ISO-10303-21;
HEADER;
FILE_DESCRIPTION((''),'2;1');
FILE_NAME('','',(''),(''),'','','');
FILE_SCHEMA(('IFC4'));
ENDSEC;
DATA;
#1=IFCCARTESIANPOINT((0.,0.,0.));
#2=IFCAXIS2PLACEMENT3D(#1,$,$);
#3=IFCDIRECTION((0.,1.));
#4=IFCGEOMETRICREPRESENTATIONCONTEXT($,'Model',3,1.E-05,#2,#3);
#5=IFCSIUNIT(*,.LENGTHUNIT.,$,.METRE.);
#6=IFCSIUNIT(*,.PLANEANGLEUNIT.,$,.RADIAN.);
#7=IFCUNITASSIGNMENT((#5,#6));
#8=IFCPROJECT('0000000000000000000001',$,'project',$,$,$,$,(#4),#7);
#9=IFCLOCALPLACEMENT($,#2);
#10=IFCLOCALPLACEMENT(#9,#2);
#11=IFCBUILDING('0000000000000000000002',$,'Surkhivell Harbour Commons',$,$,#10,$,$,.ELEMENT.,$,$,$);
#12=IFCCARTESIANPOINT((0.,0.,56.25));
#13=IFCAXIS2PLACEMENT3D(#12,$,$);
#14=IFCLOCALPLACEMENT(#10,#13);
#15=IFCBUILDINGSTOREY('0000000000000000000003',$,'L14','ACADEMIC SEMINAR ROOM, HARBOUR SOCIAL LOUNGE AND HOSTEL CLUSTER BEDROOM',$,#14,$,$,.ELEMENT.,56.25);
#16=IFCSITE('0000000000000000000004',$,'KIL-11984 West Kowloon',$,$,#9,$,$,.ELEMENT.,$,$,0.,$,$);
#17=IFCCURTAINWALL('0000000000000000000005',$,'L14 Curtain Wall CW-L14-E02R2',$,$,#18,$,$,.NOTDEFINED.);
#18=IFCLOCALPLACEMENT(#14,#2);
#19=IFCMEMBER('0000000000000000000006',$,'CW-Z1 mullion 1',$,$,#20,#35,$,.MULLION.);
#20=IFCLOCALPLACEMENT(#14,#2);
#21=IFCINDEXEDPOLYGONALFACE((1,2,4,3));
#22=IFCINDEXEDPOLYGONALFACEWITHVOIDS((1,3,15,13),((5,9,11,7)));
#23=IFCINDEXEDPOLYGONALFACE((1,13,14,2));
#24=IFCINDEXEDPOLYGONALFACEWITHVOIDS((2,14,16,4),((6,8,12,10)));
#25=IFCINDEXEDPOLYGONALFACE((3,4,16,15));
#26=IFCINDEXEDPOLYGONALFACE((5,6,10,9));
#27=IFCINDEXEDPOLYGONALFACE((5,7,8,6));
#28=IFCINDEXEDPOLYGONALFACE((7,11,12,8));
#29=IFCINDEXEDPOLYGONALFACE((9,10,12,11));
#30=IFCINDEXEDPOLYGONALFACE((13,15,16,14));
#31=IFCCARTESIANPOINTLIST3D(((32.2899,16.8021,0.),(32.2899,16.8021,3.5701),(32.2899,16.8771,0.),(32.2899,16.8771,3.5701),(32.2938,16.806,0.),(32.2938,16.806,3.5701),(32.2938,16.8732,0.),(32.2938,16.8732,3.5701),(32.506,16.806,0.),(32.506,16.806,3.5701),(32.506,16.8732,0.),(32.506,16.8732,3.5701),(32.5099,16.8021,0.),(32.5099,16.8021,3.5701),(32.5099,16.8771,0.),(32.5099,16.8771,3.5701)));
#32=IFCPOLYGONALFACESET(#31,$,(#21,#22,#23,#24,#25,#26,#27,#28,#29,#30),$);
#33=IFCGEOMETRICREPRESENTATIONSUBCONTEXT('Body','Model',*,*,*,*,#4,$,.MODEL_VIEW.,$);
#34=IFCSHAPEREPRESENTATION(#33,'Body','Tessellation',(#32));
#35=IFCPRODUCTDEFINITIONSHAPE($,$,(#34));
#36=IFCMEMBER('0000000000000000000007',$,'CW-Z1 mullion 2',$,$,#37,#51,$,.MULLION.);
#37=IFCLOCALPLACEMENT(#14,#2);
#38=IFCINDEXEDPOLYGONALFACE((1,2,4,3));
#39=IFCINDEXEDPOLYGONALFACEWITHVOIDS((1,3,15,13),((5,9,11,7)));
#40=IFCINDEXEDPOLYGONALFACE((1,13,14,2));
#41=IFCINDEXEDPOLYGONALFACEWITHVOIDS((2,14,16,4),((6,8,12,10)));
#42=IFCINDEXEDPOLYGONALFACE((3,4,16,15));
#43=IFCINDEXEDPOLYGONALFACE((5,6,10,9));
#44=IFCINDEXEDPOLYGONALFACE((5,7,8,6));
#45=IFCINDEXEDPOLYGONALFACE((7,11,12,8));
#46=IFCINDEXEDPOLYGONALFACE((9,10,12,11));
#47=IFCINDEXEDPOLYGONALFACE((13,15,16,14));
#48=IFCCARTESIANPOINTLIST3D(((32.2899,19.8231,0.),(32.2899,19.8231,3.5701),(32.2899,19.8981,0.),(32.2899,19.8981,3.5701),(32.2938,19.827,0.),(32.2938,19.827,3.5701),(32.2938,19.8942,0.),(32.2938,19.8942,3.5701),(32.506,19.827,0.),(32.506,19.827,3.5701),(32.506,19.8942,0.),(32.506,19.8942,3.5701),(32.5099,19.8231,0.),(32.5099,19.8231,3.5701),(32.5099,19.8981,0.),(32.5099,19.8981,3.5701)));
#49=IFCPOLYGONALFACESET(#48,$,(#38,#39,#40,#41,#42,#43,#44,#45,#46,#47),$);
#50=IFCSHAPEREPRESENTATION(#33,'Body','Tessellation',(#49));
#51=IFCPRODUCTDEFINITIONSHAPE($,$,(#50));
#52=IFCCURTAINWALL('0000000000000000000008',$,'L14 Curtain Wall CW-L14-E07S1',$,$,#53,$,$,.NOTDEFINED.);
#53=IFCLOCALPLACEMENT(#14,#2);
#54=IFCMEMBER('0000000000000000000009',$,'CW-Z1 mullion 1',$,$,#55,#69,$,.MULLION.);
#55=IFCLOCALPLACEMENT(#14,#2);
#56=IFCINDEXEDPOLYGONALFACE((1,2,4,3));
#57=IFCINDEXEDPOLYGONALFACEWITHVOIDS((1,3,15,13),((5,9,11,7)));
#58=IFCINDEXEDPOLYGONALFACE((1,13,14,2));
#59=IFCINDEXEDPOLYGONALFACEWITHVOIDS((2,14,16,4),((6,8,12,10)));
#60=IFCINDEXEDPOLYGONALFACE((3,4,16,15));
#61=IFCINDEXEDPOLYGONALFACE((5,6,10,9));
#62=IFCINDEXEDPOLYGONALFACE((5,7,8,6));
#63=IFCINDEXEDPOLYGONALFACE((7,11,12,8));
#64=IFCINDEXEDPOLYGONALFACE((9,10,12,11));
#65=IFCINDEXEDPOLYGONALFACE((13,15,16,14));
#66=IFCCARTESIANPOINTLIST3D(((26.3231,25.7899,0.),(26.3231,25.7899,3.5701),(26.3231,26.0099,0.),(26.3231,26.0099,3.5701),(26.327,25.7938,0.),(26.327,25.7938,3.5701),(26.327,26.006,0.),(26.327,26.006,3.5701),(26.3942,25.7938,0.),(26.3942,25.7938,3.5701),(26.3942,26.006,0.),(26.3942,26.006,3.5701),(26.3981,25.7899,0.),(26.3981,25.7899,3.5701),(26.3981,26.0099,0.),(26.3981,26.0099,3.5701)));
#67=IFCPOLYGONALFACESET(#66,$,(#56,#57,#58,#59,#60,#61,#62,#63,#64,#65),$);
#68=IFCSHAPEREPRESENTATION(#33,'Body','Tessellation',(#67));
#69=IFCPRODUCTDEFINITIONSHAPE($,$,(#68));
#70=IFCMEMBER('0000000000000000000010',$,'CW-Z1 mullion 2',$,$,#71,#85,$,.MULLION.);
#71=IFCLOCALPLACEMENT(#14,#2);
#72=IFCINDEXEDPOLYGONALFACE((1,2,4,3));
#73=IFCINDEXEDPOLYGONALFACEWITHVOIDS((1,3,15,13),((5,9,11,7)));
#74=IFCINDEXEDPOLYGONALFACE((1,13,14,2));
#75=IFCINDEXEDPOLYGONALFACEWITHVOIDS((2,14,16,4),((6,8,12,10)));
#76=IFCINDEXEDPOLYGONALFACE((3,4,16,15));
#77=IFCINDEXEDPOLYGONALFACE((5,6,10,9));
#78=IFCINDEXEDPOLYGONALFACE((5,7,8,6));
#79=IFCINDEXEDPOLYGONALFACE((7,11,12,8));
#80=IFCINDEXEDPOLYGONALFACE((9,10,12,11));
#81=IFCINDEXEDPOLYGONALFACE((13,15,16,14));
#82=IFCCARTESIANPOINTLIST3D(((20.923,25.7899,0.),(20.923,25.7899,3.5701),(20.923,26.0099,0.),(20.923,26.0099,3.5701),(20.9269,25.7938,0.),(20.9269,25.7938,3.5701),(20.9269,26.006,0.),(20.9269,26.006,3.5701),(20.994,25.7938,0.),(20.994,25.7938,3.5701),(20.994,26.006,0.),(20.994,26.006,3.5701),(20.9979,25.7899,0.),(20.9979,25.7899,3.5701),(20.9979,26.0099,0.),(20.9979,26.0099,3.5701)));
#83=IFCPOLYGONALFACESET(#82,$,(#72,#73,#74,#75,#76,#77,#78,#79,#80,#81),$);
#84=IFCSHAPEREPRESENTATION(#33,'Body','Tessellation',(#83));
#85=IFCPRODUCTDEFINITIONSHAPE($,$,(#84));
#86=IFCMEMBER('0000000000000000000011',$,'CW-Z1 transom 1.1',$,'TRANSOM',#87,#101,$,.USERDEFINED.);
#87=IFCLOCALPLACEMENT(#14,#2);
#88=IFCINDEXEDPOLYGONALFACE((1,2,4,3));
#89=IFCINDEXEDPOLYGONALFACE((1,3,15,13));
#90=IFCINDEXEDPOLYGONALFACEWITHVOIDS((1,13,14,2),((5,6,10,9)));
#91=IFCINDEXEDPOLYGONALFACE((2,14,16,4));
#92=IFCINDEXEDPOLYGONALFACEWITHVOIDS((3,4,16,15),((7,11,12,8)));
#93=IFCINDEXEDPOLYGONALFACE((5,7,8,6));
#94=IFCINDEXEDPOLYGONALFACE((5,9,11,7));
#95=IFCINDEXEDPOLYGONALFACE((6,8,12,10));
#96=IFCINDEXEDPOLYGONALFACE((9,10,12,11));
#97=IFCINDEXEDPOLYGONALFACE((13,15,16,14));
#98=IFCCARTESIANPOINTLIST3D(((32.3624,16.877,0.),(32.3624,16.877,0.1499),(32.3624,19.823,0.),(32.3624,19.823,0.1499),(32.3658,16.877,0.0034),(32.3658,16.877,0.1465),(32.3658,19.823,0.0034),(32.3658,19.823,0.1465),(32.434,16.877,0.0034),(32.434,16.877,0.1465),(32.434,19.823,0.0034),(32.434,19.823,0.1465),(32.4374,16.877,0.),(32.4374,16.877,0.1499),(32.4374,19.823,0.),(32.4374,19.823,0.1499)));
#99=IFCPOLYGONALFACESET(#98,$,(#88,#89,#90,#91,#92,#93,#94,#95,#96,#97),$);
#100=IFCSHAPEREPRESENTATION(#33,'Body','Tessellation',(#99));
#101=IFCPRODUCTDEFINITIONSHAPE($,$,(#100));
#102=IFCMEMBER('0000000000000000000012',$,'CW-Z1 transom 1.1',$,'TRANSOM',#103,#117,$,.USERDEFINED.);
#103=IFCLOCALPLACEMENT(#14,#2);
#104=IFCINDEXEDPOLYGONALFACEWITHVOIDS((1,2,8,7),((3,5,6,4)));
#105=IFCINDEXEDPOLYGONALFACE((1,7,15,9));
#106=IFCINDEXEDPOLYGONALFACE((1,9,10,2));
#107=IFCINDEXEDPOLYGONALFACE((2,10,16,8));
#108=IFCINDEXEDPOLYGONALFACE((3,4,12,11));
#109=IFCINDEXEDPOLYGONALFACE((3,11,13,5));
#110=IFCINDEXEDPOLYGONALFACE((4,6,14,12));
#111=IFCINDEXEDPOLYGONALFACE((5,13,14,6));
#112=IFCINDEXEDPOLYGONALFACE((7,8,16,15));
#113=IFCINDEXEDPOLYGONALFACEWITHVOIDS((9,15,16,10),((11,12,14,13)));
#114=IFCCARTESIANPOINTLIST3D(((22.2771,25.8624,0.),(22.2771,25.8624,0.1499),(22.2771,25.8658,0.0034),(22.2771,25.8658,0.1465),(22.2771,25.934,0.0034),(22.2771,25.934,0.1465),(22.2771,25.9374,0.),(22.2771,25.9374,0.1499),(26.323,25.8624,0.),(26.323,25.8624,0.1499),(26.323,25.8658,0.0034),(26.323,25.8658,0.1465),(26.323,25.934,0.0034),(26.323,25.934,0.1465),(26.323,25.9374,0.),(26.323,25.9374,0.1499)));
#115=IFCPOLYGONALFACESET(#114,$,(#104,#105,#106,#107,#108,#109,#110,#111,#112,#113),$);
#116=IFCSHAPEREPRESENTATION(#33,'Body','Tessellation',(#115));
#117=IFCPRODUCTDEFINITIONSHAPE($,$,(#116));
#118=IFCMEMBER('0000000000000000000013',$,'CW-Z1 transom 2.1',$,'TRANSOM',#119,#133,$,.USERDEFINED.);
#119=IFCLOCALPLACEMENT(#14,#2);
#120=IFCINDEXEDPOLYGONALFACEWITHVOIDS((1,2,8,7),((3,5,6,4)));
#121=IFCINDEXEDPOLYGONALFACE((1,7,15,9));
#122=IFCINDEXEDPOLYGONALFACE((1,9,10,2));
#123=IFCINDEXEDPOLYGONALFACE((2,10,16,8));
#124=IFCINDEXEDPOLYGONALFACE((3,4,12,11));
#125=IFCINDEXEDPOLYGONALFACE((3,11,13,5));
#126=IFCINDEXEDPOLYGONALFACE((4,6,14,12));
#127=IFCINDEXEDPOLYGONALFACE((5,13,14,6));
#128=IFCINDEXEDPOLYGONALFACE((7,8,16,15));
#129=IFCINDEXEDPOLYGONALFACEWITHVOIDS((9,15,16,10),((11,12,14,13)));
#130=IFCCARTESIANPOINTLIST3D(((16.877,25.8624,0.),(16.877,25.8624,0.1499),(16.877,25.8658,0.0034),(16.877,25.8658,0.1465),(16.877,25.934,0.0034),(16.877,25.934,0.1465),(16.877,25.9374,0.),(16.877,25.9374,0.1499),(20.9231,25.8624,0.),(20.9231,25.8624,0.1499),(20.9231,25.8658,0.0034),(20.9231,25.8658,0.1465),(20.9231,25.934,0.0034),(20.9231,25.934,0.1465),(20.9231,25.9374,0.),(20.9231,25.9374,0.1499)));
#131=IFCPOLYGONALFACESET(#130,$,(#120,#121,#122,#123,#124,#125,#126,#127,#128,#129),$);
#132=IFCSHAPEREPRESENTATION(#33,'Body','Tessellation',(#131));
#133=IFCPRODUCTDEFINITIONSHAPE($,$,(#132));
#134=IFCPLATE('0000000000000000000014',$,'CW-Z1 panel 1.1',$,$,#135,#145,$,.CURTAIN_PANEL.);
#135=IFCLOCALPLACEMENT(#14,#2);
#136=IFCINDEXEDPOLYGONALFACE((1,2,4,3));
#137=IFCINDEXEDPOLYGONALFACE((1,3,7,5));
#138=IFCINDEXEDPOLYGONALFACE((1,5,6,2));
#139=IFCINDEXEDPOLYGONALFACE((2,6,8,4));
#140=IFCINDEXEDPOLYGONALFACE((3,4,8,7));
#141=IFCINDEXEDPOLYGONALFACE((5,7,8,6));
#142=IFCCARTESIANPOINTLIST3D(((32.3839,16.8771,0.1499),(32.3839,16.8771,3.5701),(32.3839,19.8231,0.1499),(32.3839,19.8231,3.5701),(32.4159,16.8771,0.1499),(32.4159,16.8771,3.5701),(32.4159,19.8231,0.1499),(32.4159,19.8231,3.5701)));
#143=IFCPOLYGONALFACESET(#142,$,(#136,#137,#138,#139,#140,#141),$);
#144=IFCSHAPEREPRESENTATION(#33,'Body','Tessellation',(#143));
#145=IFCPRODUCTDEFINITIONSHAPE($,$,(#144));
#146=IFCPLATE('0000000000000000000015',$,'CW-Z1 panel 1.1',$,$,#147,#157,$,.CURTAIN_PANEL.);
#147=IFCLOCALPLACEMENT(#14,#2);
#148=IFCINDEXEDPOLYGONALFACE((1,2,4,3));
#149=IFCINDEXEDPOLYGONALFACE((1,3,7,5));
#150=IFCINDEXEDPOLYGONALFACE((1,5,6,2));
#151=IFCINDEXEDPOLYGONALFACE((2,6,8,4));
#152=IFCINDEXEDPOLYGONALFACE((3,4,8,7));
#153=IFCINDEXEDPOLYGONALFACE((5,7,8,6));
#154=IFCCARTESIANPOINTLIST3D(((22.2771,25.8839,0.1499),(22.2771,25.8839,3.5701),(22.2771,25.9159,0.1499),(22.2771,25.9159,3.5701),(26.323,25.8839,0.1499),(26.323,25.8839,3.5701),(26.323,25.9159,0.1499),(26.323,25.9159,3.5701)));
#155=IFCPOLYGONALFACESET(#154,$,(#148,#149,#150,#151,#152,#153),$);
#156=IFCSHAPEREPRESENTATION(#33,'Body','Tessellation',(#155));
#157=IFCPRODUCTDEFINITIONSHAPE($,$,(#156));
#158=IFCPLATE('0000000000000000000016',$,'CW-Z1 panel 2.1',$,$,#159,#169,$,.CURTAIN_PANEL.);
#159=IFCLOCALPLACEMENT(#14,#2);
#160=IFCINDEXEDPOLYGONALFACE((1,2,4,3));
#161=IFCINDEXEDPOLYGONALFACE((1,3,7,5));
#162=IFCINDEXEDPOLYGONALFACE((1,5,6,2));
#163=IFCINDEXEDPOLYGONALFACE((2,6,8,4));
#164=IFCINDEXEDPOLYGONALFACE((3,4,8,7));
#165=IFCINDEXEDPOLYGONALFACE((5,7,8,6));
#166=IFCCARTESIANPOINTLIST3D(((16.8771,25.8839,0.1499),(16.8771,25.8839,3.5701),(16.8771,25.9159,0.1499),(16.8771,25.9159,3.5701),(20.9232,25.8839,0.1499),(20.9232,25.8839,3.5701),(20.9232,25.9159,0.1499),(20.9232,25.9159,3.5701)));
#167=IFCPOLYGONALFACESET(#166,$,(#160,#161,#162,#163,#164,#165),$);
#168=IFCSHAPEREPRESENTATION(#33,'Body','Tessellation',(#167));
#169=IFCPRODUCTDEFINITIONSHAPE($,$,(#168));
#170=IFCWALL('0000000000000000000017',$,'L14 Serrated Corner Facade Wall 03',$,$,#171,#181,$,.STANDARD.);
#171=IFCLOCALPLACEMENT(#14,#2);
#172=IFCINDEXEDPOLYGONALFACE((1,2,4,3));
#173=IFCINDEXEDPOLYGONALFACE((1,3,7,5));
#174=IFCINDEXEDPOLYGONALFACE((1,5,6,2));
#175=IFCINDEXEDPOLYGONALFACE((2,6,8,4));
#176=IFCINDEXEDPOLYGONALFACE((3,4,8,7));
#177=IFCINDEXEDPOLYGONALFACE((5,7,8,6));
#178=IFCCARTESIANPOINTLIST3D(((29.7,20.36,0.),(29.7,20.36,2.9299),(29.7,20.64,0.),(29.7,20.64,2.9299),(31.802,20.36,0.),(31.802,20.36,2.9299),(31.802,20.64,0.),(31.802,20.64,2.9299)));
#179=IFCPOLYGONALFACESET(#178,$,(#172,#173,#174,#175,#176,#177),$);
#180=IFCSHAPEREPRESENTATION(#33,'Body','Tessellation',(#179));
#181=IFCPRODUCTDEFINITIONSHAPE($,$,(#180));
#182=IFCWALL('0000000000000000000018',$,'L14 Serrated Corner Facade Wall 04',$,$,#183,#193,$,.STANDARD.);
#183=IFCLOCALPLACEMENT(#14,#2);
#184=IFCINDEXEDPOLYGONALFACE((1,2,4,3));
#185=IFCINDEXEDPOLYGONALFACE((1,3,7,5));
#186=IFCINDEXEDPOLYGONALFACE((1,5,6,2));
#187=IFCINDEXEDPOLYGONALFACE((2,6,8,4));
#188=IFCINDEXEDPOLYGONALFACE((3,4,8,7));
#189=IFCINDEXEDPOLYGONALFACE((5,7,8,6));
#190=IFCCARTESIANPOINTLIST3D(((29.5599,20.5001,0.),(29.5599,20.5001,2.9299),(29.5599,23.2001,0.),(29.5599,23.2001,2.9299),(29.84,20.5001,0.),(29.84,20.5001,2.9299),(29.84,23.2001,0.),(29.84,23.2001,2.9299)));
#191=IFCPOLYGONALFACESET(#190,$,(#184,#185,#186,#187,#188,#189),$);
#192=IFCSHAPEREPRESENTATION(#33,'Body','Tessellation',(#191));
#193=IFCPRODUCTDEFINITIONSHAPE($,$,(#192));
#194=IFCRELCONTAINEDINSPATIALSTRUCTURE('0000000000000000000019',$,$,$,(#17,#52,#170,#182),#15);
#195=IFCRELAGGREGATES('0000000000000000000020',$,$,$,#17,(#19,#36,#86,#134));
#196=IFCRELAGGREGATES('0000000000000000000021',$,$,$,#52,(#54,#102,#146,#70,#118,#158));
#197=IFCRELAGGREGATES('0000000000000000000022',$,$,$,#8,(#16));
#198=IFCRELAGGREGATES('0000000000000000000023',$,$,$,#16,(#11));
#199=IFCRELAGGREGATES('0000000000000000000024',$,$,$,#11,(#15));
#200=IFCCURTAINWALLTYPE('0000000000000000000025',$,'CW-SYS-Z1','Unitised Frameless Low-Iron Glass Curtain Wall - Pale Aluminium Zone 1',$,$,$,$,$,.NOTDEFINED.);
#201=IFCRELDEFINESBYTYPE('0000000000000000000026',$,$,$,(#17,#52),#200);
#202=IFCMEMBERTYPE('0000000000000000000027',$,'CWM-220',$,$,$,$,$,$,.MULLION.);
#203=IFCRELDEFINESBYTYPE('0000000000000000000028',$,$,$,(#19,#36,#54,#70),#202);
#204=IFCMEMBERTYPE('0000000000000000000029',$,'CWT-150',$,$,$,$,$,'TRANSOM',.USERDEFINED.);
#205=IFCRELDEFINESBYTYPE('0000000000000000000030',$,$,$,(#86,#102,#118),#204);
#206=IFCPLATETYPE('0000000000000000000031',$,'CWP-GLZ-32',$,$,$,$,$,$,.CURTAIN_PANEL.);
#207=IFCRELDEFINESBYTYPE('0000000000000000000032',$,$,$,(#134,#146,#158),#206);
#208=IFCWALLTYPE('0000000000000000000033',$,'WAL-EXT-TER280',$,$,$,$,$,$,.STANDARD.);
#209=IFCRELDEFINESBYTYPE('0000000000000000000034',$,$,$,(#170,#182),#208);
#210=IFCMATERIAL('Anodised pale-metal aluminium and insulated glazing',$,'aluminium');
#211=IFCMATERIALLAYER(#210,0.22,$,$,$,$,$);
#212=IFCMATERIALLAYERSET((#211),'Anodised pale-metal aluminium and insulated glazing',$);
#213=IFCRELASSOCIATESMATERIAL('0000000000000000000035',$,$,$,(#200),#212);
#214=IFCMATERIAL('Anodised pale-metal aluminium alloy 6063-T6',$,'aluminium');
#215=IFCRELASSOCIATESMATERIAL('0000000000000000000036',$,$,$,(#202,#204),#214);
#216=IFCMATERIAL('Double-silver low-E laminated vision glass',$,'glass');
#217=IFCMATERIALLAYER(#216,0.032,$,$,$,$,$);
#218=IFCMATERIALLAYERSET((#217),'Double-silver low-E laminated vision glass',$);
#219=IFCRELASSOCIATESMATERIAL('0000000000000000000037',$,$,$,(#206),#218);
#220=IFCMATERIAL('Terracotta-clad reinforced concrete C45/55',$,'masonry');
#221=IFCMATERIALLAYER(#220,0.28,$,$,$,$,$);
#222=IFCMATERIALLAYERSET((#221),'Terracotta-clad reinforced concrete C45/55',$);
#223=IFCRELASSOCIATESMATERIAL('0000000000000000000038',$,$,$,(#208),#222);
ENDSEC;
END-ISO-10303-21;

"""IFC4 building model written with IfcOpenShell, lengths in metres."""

from ifc_helpers import new_model, si_unit, direction, frame, frame_2d, origin, origin_2d, place, context, subcontext, project, spatial, rectangle, hollow_rectangle, extrude, material, layer, layer_set, material_profile, profile_set, type_object, element, aggregate, save


model = new_model("IFC4")

# Units and contexts
model_context = context("Model", 3, precision=1e-05, world=origin(), true_north=direction((0.0, 1.0)))
body_context = subcontext(model_context, "Body", "Model", "MODEL_VIEW")
ifc_project = project(units=[si_unit("LENGTHUNIT", "METRE"), si_unit("PLANEANGLEUNIT", "RADIAN")], contexts=[model_context])

# Site, building, storey
site_placement = place(None, origin())
site = spatial("IfcSite", under=ifc_project, at=site_placement, Name="KIL-11984 West Kowloon", CompositionType="ELEMENT", RefElevation=0.0)
building_placement = place(site_placement, origin())
building = spatial("IfcBuilding", under=site, at=building_placement, Name="Surkhivell Harbour Commons", CompositionType="ELEMENT")
storey_placement = place(building_placement, frame((0.0, 0.0, 56.25)))
storey = spatial("IfcBuildingStorey", under=building, at=storey_placement, Name="L14", Description="ACADEMIC SEMINAR ROOM, HARBOUR SOCIAL LOUNGE AND HOSTEL CLUSTER BEDROOM", CompositionType="ELEMENT", Elevation=56.25)

# Curtain walls, members
ifc_material_1 = material(Name="Anodised pale-metal aluminium and insulated glazing", Category="aluminium")
ifc_layer_1 = layer(ifc_material_1, 0.22)
ifc_layer_set_1 = layer_set([ifc_layer_1], Name="Anodised pale-metal aluminium and insulated glazing")
curtain_wall_type = type_object("IfcCurtainWallType", Name="CW-SYS-Z1", Description="Unitised Frameless Low-Iron Glass Curtain Wall - Pale Aluminium Zone 1", PredefinedType="NOTDEFINED", material=ifc_layer_set_1)
curtain_wall_1_placement = place(storey_placement, origin())
curtain_wall_1 = element("IfcCurtainWall", 1, at=curtain_wall_1_placement, inside=storey, type_object=curtain_wall_type, Name="L14 Curtain Wall CW-L14-E02R2", PredefinedType="NOTDEFINED")
ifc_material_2 = material(Name="Anodised pale-metal aluminium alloy 6063-T6", Category="aluminium")
ifc_material_profile_1 = material_profile(ifc_material_2, hollow_rectangle(XDim=0.075, YDim=0.22, WallThickness=0.0039, at=origin_2d()), Name="ALU-MULL-75x220")
ifc_profile_set_1 = profile_set([ifc_material_profile_1], Name="Anodised pale-metal aluminium alloy 6063-T6")
member_type_1 = type_object("IfcMemberType", Name="CWM-220", PredefinedType="MULLION", material=ifc_profile_set_1)
member_1_placement = place(storey_placement, frame((32.3999, 16.8396, 0.0), z_axis=(0.0, 0.0, 1.0), x_axis=(0.0, 1.0, 0.0)))
member_1 = element("IfcMember", 2, at=member_1_placement, type_object=member_type_1, Name="CW-Z1 mullion 1", PredefinedType="MULLION", context=body_context, shape_type="SweptSolid", body=[
    extrude(hollow_rectangle(XDim=0.075, YDim=0.22, WallThickness=0.0039, at=origin_2d()), origin(), (0.0, 0.0, 1.0), 3.5701),
])
member_2_placement = place(storey_placement, frame((32.3999, 19.8606, 0.0), z_axis=(0.0, 0.0, 1.0), x_axis=(0.0, 1.0, 0.0)))
member_2 = element("IfcMember", 3, at=member_2_placement, type_object=member_type_1, Name="CW-Z1 mullion 2", PredefinedType="MULLION", context=body_context, shape_type="SweptSolid", body=[
    extrude(hollow_rectangle(XDim=0.075, YDim=0.22, WallThickness=0.0039, at=origin_2d()), origin(), (0.0, 0.0, 1.0), 3.5701),
])
curtain_wall_2_placement = place(storey_placement, origin())
curtain_wall_2 = element("IfcCurtainWall", 4, at=curtain_wall_2_placement, inside=storey, type_object=curtain_wall_type, Name="L14 Curtain Wall CW-L14-E07S1", PredefinedType="NOTDEFINED")
member_3_placement = place(storey_placement, frame((26.3606, 25.8999, 0.0), z_axis=(0.0, 0.0, 1.0), x_axis=(-1.0, 0.0, 0.0)))
member_3 = element("IfcMember", 5, at=member_3_placement, type_object=member_type_1, Name="CW-Z1 mullion 1", PredefinedType="MULLION", context=body_context, shape_type="SweptSolid", body=[
    extrude(hollow_rectangle(XDim=0.075, YDim=0.22, WallThickness=0.0039, at=origin_2d()), origin(), (0.0, 0.0, 1.0), 3.5701),
])
member_4_placement = place(storey_placement, frame((20.9604, 25.8999, 0.0), z_axis=(0.0, 0.0, 1.0), x_axis=(-1.0, 0.0, 0.0)))
member_4 = element("IfcMember", 6, at=member_4_placement, type_object=member_type_1, Name="CW-Z1 mullion 2", PredefinedType="MULLION", context=body_context, shape_type="SweptSolid", body=[
    extrude(hollow_rectangle(XDim=0.075, YDim=0.22, WallThickness=0.0039, at=origin_2d()), origin(), (0.0, 0.0, 1.0), 3.5701),
])

# Members
ifc_material_profile_2 = material_profile(ifc_material_2, hollow_rectangle(XDim=0.075, YDim=0.1499, WallThickness=0.0034, at=origin_2d()), Name="ALU-TRAN-75x150")
ifc_profile_set_2 = profile_set([ifc_material_profile_2], Name="Anodised pale-metal aluminium alloy 6063-T6")
member_type_2 = type_object("IfcMemberType", Name="CWT-150", ElementType="TRANSOM", PredefinedType="USERDEFINED", material=ifc_profile_set_2)
member_5_placement = place(storey_placement, frame((32.3999, 16.877, 0.075), z_axis=(0.0, 1.0, 0.0), x_axis=(-1.0, 0.0, 0.0)))
member_5 = element("IfcMember", 7, at=member_5_placement, type_object=member_type_2, Name="CW-Z1 transom 1.1", ObjectType="TRANSOM", PredefinedType="USERDEFINED", context=body_context, shape_type="SweptSolid", body=[
    extrude(hollow_rectangle(XDim=0.075, YDim=0.1499, WallThickness=0.0034, at=origin_2d()), origin(), (0.0, 0.0, 1.0), 2.946),
])
member_6_placement = place(storey_placement, frame((26.323, 25.8999, 0.075), z_axis=(-1.0, 0.0, 0.0), x_axis=(0.0, -1.0, 0.0)))
member_6 = element("IfcMember", 8, at=member_6_placement, type_object=member_type_2, Name="CW-Z1 transom 1.1", ObjectType="TRANSOM", PredefinedType="USERDEFINED", context=body_context, shape_type="SweptSolid", body=[
    extrude(hollow_rectangle(XDim=0.075, YDim=0.1499, WallThickness=0.0034, at=origin_2d()), origin(), (0.0, 0.0, 1.0), 4.0459),
])
member_7_placement = place(storey_placement, frame((20.9231, 25.8999, 0.075), z_axis=(-1.0, 0.0, 0.0), x_axis=(0.0, -1.0, 0.0)))
member_7 = element("IfcMember", 9, at=member_7_placement, type_object=member_type_2, Name="CW-Z1 transom 2.1", ObjectType="TRANSOM", PredefinedType="USERDEFINED", context=body_context, shape_type="SweptSolid", body=[
    extrude(hollow_rectangle(XDim=0.075, YDim=0.1499, WallThickness=0.0034, at=origin_2d()), origin(), (0.0, 0.0, 1.0), 4.0461),
])

# Plates
ifc_material_3 = material(Name="Double-silver low-E laminated vision glass", Category="glass")
ifc_layer_2 = layer(ifc_material_3, 0.032)
ifc_layer_set_2 = layer_set([ifc_layer_2], Name="Double-silver low-E laminated vision glass")
plate_type = type_object("IfcPlateType", Name="CWP-GLZ-32", PredefinedType="CURTAIN_PANEL", material=ifc_layer_set_2)
plate_1_placement = place(storey_placement, frame((32.3999, 16.877, 0.1499), z_axis=(0.0, 0.0, 1.0), x_axis=(0.0, 1.0, 0.0)))
plate_1 = element("IfcPlate", 10, at=plate_1_placement, type_object=plate_type, Name="CW-Z1 panel 1.1", PredefinedType="CURTAIN_PANEL", context=body_context, shape_type="SweptSolid", body=[
    extrude(rectangle(XDim=2.946, YDim=0.032, at=frame_2d((1.4731, 0.0))), origin(), (0.0, 0.0, 1.0), 3.4202),
])
aggregate(curtain_wall_1, [member_1, member_2, member_5, plate_1])
plate_2_placement = place(storey_placement, frame((26.323, 25.8999, 0.1499), z_axis=(0.0, 0.0, 1.0), x_axis=(-1.0, 0.0, 0.0)))
plate_2 = element("IfcPlate", 11, at=plate_2_placement, type_object=plate_type, Name="CW-Z1 panel 1.1", PredefinedType="CURTAIN_PANEL", context=body_context, shape_type="SweptSolid", body=[
    extrude(rectangle(XDim=4.0459, YDim=0.032, at=frame_2d((2.0229, 0.0))), origin(), (0.0, 0.0, 1.0), 3.4202),
])
plate_3_placement = place(storey_placement, frame((20.9231, 25.8999, 0.1499), z_axis=(0.0, 0.0, 1.0), x_axis=(-1.0, 0.0, 0.0)))
plate_3 = element("IfcPlate", 12, at=plate_3_placement, type_object=plate_type, Name="CW-Z1 panel 2.1", PredefinedType="CURTAIN_PANEL", context=body_context, shape_type="SweptSolid", body=[
    extrude(rectangle(XDim=4.0461, YDim=0.032, at=frame_2d((2.0229, 0.0))), origin(), (0.0, 0.0, 1.0), 3.4202),
])
aggregate(curtain_wall_2, [member_3, member_6, plate_2, member_4, member_7, plate_3])

# Walls
ifc_material_4 = material(Name="Terracotta-clad reinforced concrete C45/55", Category="masonry")
ifc_layer_3 = layer(ifc_material_4, 0.28)
ifc_layer_set_3 = layer_set([ifc_layer_3], Name="Terracotta-clad reinforced concrete C45/55")
wall_type = type_object("IfcWallType", Name="WAL-EXT-TER280", PredefinedType="STANDARD", material=ifc_layer_set_3)
wall_1_placement = place(storey_placement, frame((31.802, 20.5, 0.0), z_axis=(0.0, 0.0, 1.0), x_axis=(-1.0, 0.0, 0.0)))
element("IfcWall", 13, at=wall_1_placement, inside=storey, type_object=wall_type, Name="L14 Serrated Corner Facade Wall 03", PredefinedType="STANDARD", context=body_context, shape_type="SweptSolid", body=[
    extrude(rectangle(XDim=2.1021, YDim=0.28, at=frame_2d((1.051, 0.0))), origin(), (0.0, 0.0, 1.0), 2.9299),
])
wall_2_placement = place(storey_placement, frame((29.7, 20.5, 0.0), z_axis=(0.0, 0.0, 1.0), x_axis=(0.0, 1.0, 0.0)))
element("IfcWall", 14, at=wall_2_placement, inside=storey, type_object=wall_type, Name="L14 Serrated Corner Facade Wall 04", PredefinedType="STANDARD", context=body_context, shape_type="SweptSolid", body=[
    extrude(rectangle(XDim=2.7, YDim=0.28, at=frame_2d((1.3501, 0.0))), origin(), (0.0, 0.0, 1.0), 2.9299),
])

save(model, "model.ifc")
